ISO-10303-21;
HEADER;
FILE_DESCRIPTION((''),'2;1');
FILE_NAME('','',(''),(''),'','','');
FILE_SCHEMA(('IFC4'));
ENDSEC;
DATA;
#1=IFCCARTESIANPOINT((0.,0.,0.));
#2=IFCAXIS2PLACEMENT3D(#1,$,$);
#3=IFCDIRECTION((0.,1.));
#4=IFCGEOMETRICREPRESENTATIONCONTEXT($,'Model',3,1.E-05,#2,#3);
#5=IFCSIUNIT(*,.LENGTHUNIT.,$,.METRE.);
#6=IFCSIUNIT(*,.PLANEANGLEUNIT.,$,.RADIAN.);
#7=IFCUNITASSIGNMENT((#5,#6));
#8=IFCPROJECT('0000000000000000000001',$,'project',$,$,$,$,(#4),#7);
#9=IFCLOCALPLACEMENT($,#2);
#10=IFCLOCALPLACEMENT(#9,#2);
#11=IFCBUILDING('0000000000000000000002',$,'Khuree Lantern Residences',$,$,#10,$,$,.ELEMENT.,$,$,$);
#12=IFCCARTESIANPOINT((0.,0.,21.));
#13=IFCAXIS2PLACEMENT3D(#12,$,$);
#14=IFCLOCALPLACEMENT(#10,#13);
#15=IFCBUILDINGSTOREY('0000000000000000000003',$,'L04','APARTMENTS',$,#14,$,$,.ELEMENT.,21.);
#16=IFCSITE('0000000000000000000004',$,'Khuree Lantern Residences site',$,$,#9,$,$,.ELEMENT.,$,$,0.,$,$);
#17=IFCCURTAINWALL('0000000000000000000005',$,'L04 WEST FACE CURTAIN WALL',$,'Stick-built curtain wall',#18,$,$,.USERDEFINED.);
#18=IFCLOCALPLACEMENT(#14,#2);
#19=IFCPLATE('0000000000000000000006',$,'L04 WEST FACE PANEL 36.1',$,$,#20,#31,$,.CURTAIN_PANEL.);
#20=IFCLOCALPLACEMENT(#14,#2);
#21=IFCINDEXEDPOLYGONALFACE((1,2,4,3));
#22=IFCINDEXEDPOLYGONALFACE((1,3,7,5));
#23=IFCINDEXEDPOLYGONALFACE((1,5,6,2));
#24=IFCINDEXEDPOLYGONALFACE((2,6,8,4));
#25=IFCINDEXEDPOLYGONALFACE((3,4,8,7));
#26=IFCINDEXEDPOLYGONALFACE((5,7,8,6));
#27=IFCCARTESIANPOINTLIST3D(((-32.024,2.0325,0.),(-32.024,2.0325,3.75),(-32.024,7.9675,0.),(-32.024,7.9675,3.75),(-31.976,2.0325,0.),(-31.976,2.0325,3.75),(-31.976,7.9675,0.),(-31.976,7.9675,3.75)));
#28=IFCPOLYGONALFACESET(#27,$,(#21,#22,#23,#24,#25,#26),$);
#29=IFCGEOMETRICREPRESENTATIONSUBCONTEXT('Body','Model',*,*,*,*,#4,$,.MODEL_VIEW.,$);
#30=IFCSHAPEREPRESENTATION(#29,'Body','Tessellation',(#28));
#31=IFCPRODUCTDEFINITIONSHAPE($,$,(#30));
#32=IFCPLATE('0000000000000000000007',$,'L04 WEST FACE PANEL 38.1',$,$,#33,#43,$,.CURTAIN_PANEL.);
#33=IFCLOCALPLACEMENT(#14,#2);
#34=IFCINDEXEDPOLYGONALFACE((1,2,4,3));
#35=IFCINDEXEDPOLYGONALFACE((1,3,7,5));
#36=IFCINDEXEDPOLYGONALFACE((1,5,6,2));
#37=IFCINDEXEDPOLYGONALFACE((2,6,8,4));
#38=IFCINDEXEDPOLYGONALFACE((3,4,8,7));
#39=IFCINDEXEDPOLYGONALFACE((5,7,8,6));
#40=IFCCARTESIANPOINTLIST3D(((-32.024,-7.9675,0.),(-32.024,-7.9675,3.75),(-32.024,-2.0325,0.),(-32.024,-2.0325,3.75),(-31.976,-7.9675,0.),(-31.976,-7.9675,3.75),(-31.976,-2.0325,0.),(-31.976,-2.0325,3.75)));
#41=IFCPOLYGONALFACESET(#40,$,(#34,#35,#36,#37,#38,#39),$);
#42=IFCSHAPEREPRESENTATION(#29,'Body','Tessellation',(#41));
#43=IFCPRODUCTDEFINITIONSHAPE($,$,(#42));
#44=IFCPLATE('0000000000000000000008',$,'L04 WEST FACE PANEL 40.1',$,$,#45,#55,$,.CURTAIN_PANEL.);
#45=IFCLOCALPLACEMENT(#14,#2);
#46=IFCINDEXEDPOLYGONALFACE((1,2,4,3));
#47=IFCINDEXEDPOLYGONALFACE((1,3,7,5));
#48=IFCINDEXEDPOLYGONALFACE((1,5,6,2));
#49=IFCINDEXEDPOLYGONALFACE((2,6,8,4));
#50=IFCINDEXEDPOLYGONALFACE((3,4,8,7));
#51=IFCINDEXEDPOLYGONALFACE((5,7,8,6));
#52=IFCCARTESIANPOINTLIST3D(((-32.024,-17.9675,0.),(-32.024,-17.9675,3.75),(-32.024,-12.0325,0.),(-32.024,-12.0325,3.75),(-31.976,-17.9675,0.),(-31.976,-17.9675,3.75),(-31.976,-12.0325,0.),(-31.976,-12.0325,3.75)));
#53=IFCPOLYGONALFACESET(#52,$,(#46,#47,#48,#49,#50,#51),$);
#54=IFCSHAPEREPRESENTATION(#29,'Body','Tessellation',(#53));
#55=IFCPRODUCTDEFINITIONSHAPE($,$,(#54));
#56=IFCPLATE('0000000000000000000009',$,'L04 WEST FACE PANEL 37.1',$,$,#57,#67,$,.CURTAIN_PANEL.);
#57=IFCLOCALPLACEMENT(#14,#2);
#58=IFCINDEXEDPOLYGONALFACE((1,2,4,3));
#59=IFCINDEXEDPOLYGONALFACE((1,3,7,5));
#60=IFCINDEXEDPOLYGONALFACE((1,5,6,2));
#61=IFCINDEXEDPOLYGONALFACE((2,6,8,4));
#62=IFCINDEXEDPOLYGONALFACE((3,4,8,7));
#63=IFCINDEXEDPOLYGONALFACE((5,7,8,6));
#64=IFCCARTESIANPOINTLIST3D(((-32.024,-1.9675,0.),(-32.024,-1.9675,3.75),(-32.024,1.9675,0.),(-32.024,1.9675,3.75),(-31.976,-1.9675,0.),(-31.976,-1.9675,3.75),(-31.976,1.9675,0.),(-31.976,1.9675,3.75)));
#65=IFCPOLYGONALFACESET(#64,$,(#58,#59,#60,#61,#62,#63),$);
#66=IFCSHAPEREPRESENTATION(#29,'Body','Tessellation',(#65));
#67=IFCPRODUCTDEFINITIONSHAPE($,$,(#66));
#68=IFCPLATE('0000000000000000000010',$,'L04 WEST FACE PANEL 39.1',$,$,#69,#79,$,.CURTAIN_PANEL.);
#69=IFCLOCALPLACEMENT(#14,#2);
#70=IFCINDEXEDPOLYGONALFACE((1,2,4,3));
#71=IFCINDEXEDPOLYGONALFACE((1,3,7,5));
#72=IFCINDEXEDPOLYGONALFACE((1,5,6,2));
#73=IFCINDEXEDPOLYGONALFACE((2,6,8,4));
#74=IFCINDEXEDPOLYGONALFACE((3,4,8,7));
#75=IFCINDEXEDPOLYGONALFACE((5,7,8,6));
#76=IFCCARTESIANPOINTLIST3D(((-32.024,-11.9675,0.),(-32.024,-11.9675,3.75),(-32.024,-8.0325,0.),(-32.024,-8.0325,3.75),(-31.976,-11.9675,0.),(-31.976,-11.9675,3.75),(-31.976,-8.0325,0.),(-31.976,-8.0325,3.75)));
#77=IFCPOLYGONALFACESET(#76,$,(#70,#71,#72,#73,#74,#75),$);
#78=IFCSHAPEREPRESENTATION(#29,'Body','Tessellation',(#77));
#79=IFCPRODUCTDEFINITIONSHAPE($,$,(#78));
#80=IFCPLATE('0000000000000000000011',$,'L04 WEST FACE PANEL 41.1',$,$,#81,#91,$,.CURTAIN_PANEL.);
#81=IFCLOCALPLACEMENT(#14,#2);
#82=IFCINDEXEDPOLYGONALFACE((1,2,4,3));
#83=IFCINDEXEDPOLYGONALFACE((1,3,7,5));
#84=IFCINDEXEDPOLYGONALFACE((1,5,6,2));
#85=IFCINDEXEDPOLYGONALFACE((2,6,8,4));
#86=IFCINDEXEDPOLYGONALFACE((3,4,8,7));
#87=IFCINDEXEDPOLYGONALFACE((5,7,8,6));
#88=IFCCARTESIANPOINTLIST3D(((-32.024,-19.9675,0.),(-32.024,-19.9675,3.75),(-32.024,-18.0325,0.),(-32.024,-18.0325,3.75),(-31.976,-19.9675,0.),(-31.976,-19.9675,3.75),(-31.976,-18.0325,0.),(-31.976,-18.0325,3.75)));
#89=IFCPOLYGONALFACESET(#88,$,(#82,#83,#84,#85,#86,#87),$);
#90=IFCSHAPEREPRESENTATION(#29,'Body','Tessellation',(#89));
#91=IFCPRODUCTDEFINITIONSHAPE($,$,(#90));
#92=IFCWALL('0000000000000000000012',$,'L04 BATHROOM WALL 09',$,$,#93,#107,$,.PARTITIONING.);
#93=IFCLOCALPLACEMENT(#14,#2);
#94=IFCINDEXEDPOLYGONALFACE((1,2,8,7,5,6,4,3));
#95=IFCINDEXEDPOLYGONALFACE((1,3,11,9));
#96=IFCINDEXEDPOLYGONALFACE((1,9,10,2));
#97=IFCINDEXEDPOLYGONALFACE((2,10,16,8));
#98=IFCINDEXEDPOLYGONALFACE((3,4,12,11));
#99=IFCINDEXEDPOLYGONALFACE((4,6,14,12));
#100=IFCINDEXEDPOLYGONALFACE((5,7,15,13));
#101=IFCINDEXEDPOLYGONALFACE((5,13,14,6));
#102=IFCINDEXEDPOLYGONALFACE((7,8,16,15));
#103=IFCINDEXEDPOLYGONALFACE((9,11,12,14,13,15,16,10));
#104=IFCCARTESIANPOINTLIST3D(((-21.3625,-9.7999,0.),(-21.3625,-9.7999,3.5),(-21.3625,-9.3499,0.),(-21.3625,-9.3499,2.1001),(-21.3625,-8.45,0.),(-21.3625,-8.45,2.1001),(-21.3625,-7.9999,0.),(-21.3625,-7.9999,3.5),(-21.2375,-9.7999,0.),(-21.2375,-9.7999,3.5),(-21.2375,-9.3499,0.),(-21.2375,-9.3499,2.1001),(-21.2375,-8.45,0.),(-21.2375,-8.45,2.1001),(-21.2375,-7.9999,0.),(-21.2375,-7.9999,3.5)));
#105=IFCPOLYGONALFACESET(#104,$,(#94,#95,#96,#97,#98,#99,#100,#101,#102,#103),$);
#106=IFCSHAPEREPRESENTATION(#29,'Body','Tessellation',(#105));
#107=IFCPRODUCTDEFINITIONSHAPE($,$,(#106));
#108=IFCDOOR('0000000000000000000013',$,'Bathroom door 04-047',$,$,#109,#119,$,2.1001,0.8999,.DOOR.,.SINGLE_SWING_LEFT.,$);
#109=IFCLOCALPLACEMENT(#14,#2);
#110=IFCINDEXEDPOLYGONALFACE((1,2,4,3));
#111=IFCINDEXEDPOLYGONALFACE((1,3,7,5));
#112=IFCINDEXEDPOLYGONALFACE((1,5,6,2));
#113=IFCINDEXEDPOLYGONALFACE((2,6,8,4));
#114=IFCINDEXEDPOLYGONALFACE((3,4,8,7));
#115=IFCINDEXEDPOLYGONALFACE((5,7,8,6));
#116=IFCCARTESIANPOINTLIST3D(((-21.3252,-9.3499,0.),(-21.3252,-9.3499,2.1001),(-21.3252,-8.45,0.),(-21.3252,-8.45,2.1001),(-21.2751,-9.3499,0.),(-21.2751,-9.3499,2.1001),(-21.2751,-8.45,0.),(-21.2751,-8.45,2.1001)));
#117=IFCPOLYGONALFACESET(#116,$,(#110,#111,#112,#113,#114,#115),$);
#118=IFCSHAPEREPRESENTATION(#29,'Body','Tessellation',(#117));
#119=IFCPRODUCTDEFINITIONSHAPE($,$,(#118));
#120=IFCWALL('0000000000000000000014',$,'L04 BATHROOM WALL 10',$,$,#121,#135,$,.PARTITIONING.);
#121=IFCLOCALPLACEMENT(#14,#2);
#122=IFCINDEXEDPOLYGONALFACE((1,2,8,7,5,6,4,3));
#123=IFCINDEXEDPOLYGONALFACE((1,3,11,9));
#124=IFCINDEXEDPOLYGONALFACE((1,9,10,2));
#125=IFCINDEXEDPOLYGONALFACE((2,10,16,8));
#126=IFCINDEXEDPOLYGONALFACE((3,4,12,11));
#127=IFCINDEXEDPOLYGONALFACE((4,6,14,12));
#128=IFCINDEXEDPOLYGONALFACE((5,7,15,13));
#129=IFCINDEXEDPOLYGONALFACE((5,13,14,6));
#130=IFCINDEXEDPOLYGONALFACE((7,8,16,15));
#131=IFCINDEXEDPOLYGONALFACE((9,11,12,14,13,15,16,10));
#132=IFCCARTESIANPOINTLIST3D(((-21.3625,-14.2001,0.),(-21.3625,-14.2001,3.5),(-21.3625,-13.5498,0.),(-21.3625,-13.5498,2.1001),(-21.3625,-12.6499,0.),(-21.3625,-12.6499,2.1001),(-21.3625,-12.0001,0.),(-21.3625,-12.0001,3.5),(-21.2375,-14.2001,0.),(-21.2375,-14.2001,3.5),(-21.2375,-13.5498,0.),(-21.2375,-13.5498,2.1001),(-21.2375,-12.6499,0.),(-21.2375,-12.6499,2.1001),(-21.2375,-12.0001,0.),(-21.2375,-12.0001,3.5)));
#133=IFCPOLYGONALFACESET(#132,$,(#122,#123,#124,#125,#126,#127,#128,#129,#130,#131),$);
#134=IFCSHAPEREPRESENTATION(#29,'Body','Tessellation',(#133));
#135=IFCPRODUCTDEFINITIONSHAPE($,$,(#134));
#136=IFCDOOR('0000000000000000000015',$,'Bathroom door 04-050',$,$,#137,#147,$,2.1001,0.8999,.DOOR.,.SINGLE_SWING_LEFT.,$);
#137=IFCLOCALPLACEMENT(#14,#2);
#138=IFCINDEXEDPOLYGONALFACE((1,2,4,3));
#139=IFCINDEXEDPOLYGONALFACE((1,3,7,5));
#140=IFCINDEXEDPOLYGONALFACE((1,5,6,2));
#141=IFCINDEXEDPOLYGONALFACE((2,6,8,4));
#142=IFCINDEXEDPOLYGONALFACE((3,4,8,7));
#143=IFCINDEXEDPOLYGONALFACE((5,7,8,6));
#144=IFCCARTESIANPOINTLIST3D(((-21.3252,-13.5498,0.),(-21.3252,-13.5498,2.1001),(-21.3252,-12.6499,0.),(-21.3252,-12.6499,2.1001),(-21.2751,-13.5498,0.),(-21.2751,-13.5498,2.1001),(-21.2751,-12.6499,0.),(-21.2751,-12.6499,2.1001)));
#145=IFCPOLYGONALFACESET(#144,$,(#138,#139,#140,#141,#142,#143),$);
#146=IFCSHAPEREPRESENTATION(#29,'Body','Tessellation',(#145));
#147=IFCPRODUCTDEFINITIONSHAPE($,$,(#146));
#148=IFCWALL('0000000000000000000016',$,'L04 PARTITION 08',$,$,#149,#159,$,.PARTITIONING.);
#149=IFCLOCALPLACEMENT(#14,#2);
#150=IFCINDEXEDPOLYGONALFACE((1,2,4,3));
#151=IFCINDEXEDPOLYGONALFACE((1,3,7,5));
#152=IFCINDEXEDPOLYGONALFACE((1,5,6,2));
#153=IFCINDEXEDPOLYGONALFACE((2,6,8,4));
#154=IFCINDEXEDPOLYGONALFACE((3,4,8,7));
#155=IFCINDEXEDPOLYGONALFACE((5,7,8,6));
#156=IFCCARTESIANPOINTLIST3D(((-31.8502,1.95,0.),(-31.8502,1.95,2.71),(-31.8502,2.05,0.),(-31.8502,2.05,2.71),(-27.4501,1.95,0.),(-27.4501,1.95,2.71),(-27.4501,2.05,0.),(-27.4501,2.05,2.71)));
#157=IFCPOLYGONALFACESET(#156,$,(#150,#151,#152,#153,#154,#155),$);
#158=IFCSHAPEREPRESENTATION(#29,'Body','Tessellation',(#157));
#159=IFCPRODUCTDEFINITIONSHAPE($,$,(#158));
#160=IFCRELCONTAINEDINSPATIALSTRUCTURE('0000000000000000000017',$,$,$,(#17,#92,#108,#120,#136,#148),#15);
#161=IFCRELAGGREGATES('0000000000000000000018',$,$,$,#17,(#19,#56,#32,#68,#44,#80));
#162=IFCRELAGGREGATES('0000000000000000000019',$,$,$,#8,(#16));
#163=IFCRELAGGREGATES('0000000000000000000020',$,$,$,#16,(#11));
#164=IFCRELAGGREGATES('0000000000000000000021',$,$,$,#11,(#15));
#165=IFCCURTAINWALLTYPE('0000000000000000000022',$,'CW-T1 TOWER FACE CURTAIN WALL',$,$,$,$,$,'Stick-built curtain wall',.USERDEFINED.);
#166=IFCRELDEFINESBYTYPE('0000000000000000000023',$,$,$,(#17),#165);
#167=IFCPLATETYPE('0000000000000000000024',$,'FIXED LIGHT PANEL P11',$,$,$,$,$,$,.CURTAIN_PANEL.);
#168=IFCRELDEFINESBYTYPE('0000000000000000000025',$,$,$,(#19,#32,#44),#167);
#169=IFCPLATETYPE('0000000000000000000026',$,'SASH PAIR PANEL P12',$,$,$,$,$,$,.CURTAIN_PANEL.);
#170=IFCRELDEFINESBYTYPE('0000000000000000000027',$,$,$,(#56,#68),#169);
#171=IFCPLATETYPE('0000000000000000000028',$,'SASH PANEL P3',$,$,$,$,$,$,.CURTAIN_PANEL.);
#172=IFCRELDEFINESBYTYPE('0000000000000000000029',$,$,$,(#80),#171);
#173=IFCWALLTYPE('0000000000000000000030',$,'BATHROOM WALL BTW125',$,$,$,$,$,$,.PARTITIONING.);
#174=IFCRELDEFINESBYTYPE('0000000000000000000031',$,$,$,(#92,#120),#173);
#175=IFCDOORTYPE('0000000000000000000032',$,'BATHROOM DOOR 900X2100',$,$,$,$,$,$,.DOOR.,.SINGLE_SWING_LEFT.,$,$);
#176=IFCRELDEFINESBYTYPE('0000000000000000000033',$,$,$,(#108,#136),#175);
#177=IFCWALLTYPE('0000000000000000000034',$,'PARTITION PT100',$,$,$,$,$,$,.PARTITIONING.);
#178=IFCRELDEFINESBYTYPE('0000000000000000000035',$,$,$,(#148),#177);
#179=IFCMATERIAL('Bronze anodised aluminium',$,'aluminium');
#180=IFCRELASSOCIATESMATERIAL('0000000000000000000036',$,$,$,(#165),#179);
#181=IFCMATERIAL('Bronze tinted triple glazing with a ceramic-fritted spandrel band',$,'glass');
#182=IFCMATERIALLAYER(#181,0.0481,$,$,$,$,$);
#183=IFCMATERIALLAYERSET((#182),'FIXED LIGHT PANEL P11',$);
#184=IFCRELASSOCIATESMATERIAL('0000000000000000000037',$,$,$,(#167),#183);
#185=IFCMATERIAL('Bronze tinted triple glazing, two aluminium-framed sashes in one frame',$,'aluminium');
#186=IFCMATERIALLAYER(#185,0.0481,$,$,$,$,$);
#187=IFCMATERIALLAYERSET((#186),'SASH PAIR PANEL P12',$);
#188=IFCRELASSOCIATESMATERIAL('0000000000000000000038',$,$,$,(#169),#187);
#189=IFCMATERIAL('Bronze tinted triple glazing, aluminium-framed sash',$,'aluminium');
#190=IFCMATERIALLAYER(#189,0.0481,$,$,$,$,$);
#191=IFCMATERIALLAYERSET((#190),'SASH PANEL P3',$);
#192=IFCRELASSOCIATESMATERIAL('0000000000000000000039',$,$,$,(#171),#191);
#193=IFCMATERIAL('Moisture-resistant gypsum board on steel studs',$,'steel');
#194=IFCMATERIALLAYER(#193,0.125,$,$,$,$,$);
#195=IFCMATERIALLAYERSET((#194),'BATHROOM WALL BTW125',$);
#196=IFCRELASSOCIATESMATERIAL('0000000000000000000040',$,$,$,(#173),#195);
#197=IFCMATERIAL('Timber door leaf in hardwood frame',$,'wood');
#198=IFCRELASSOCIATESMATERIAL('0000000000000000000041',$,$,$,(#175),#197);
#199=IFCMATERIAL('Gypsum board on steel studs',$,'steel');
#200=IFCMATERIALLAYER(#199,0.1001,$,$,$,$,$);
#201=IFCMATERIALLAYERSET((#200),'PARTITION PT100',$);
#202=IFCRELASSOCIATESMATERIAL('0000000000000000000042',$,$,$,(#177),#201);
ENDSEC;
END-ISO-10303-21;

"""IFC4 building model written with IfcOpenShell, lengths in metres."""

from ifc_helpers import new_model, si_unit, direction, frame, frame_2d, origin, origin_2d, place, context, subcontext, project, spatial, rectangle, extrude, material, layer, layer_set, type_object, element, fill, aggregate, save


model = new_model("IFC4")

# Units and contexts
model_context = context("Model", 3, precision=1e-05, world=origin(), true_north=direction((0.0, 1.0)))
body_context = subcontext(model_context, "Body", "Model", "MODEL_VIEW")
ifc_project = project(units=[si_unit("LENGTHUNIT", "METRE"), si_unit("PLANEANGLEUNIT", "RADIAN")], contexts=[model_context])

# Site, building, storey
site_placement = place(None, origin())
site = spatial("IfcSite", under=ifc_project, at=site_placement, Name="Khuree Lantern Residences site", CompositionType="ELEMENT", RefElevation=0.0)
building_placement = place(site_placement, origin())
building = spatial("IfcBuilding", under=site, at=building_placement, Name="Khuree Lantern Residences", CompositionType="ELEMENT")
storey_placement = place(building_placement, frame((0.0, 0.0, 21.0)))
storey = spatial("IfcBuildingStorey", under=building, at=storey_placement, Name="L04", Description="APARTMENTS", CompositionType="ELEMENT", Elevation=21.0)

# Curtain wall
ifc_material_1 = material(Name="Bronze anodised aluminium", Category="aluminium")
curtain_wall_type = type_object("IfcCurtainWallType", Name="CW-T1 TOWER FACE CURTAIN WALL", ElementType="Stick-built curtain wall", PredefinedType="USERDEFINED", material=ifc_material_1)
curtain_wall_placement = place(storey_placement, origin())
curtain_wall = element("IfcCurtainWall", 1, at=curtain_wall_placement, inside=storey, type_object=curtain_wall_type, Name="L04 WEST FACE CURTAIN WALL", ObjectType="Stick-built curtain wall", PredefinedType="USERDEFINED")

# Plates
ifc_material_2 = material(Name="Bronze tinted triple glazing with a ceramic-fritted spandrel band", Category="glass")
ifc_layer_1 = layer(ifc_material_2, 0.0481)
ifc_layer_set_1 = layer_set([ifc_layer_1], Name="FIXED LIGHT PANEL P11")
plate_type_1 = type_object("IfcPlateType", Name="FIXED LIGHT PANEL P11", PredefinedType="CURTAIN_PANEL", material=ifc_layer_set_1)
plate_1_placement = place(storey_placement, frame((-32.0, 5.0, 0.0), z_axis=(0.0, 0.0, 1.0), x_axis=(0.0, -1.0, 0.0)))
plate_1 = element("IfcPlate", 2, at=plate_1_placement, type_object=plate_type_1, Name="L04 WEST FACE PANEL 36.1", PredefinedType="CURTAIN_PANEL", context=body_context, shape_type="SweptSolid", body=[
    extrude(rectangle(XDim=5.9351, YDim=0.0481, at=origin_2d()), origin(), (0.0, 0.0, 1.0), 3.75),
])
plate_2_placement = place(storey_placement, frame((-32.0, -5.0, 0.0), z_axis=(0.0, 0.0, 1.0), x_axis=(0.0, -1.0, 0.0)))
plate_2 = element("IfcPlate", 3, at=plate_2_placement, type_object=plate_type_1, Name="L04 WEST FACE PANEL 38.1", PredefinedType="CURTAIN_PANEL", context=body_context, shape_type="SweptSolid", body=[
    extrude(rectangle(XDim=5.9351, YDim=0.0481, at=origin_2d()), origin(), (0.0, 0.0, 1.0), 3.75),
])
plate_3_placement = place(storey_placement, frame((-32.0, -15.0, 0.0), z_axis=(0.0, 0.0, 1.0), x_axis=(0.0, -1.0, 0.0)))
plate_3 = element("IfcPlate", 4, at=plate_3_placement, type_object=plate_type_1, Name="L04 WEST FACE PANEL 40.1", PredefinedType="CURTAIN_PANEL", context=body_context, shape_type="SweptSolid", body=[
    extrude(rectangle(XDim=5.9351, YDim=0.0481, at=origin_2d()), origin(), (0.0, 0.0, 1.0), 3.75),
])
ifc_material_3 = material(Name="Bronze tinted triple glazing, two aluminium-framed sashes in one frame", Category="aluminium")
ifc_layer_2 = layer(ifc_material_3, 0.0481)
ifc_layer_set_2 = layer_set([ifc_layer_2], Name="SASH PAIR PANEL P12")
plate_type_2 = type_object("IfcPlateType", Name="SASH PAIR PANEL P12", PredefinedType="CURTAIN_PANEL", material=ifc_layer_set_2)
plate_4_placement = place(storey_placement, frame((-32.0, 0.0, 0.0), z_axis=(0.0, 0.0, 1.0), x_axis=(0.0, -1.0, 0.0)))
plate_4 = element("IfcPlate", 5, at=plate_4_placement, type_object=plate_type_2, Name="L04 WEST FACE PANEL 37.1", PredefinedType="CURTAIN_PANEL", context=body_context, shape_type="SweptSolid", body=[
    extrude(rectangle(XDim=3.9351, YDim=0.0481, at=origin_2d()), origin(), (0.0, 0.0, 1.0), 3.75),
])
plate_5_placement = place(storey_placement, frame((-32.0, -10.0, 0.0), z_axis=(0.0, 0.0, 1.0), x_axis=(0.0, -1.0, 0.0)))
plate_5 = element("IfcPlate", 6, at=plate_5_placement, type_object=plate_type_2, Name="L04 WEST FACE PANEL 39.1", PredefinedType="CURTAIN_PANEL", context=body_context, shape_type="SweptSolid", body=[
    extrude(rectangle(XDim=3.9351, YDim=0.0481, at=origin_2d()), origin(), (0.0, 0.0, 1.0), 3.75),
])
ifc_material_4 = material(Name="Bronze tinted triple glazing, aluminium-framed sash", Category="aluminium")
ifc_layer_3 = layer(ifc_material_4, 0.0481)
ifc_layer_set_3 = layer_set([ifc_layer_3], Name="SASH PANEL P3")
plate_type_3 = type_object("IfcPlateType", Name="SASH PANEL P3", PredefinedType="CURTAIN_PANEL", material=ifc_layer_set_3)
plate_6_placement = place(storey_placement, frame((-32.0, -19.0, 0.0), z_axis=(0.0, 0.0, 1.0), x_axis=(0.0, -1.0, 0.0)))
plate_6 = element("IfcPlate", 7, at=plate_6_placement, type_object=plate_type_3, Name="L04 WEST FACE PANEL 41.1", PredefinedType="CURTAIN_PANEL", context=body_context, shape_type="SweptSolid", body=[
    extrude(rectangle(XDim=1.9351, YDim=0.0481, at=origin_2d()), origin(), (0.0, 0.0, 1.0), 3.75),
])
aggregate(curtain_wall, [plate_1, plate_4, plate_2, plate_5, plate_3, plate_6])

# Walls, openings, doors
ifc_material_5 = material(Name="Moisture-resistant gypsum board on steel studs", Category="steel")
ifc_layer_4 = layer(ifc_material_5, 0.125)
ifc_layer_set_4 = layer_set([ifc_layer_4], Name="BATHROOM WALL BTW125")
wall_type_1 = type_object("IfcWallType", Name="BATHROOM WALL BTW125", PredefinedType="PARTITIONING", material=ifc_layer_set_4)
wall_1_placement = place(storey_placement, frame((-21.3, -8.0, 0.0), z_axis=(0.0, 0.0, 1.0), x_axis=(0.0, -1.0, 0.0)))
wall_1 = element("IfcWall", 8, at=wall_1_placement, inside=storey, type_object=wall_type_1, Name="L04 BATHROOM WALL 09", PredefinedType="PARTITIONING", context=body_context, shape_type="SweptSolid", body=[
    extrude(rectangle(XDim=1.8, YDim=0.125, at=frame_2d((0.8999, 0.0))), origin(), (0.0, 0.0, 1.0), 3.5),
])
opening_1_placement = place(wall_1_placement, frame((0.45, 0.0, 0.0)))
opening_1 = element("IfcOpeningElement", 9, at=opening_1_placement, cuts=wall_1, PredefinedType="OPENING", context=body_context, shape_type="SweptSolid", body=[
    extrude(rectangle(XDim=0.8999, YDim=2.1001, at=frame_2d((0.45, 1.05))), frame((0.0, 0.0725, 0.0), z_axis=(0.0, -1.0, 0.0), x_axis=(1.0, 0.0, 0.0)), (0.0, 0.0, 1.0), 0.145),
])
ifc_material_6 = material(Name="Timber door leaf in hardwood frame", Category="wood")
door_type = type_object("IfcDoorType", Name="BATHROOM DOOR 900X2100", OperationType="SINGLE_SWING_LEFT", PredefinedType="DOOR", material=ifc_material_6)
door_1_placement = place(opening_1_placement, origin())
door_1 = element("IfcDoor", 10, at=door_1_placement, inside=storey, type_object=door_type, Name="Bathroom door 04-047", OperationType="SINGLE_SWING_LEFT", OverallHeight=2.1001, OverallWidth=0.8999, PredefinedType="DOOR", context=body_context, shape_type="SweptSolid", body=[
    extrude(rectangle(XDim=0.8999, YDim=2.1001, at=frame_2d((0.45, 1.05))), frame((0.0, 0.0249, 0.0), z_axis=(0.0, -1.0, 0.0), x_axis=(1.0, 0.0, 0.0)), (0.0, 0.0, 1.0), 0.05),
])
fill(opening_1, door_1)
wall_2_placement = place(storey_placement, frame((-21.3, -12.0, 0.0), z_axis=(0.0, 0.0, 1.0), x_axis=(0.0, -1.0, 0.0)))
wall_2 = element("IfcWall", 11, at=wall_2_placement, inside=storey, type_object=wall_type_1, Name="L04 BATHROOM WALL 10", PredefinedType="PARTITIONING", context=body_context, shape_type="SweptSolid", body=[
    extrude(rectangle(XDim=2.2, YDim=0.125, at=frame_2d((1.1001, 0.0))), origin(), (0.0, 0.0, 1.0), 3.5),
])
opening_2_placement = place(wall_2_placement, frame((0.6499, 0.0, 0.0)))
opening_2 = element("IfcOpeningElement", 12, at=opening_2_placement, cuts=wall_2, PredefinedType="OPENING", context=body_context, shape_type="SweptSolid", body=[
    extrude(rectangle(XDim=0.8999, YDim=2.1001, at=frame_2d((0.45, 1.05))), frame((0.0, 0.0725, 0.0), z_axis=(0.0, -1.0, 0.0), x_axis=(1.0, 0.0, 0.0)), (0.0, 0.0, 1.0), 0.145),
])
door_2_placement = place(opening_2_placement, origin())
door_2 = element("IfcDoor", 13, at=door_2_placement, inside=storey, type_object=door_type, Name="Bathroom door 04-050", OperationType="SINGLE_SWING_LEFT", OverallHeight=2.1001, OverallWidth=0.8999, PredefinedType="DOOR", context=body_context, shape_type="SweptSolid", body=[
    extrude(rectangle(XDim=0.8999, YDim=2.1001, at=frame_2d((0.45, 1.05))), frame((0.0, 0.0249, 0.0), z_axis=(0.0, -1.0, 0.0), x_axis=(1.0, 0.0, 0.0)), (0.0, 0.0, 1.0), 0.05),
])
fill(opening_2, door_2)

# Wall
ifc_material_7 = material(Name="Gypsum board on steel studs", Category="steel")
ifc_layer_5 = layer(ifc_material_7, 0.1001)
ifc_layer_set_5 = layer_set([ifc_layer_5], Name="PARTITION PT100")
wall_type_2 = type_object("IfcWallType", Name="PARTITION PT100", PredefinedType="PARTITIONING", material=ifc_layer_set_5)
wall_3_placement = place(storey_placement, frame((-27.45, 2.0, 0.0), z_axis=(0.0, 0.0, 1.0), x_axis=(-1.0, 0.0, 0.0)))
element("IfcWall", 14, at=wall_3_placement, inside=storey, type_object=wall_type_2, Name="L04 PARTITION 08", PredefinedType="PARTITIONING", context=body_context, shape_type="SweptSolid", body=[
    extrude(rectangle(XDim=4.4001, YDim=0.1001, at=frame_2d((2.2002, 0.0))), origin(), (0.0, 0.0, 1.0), 2.71),
])

save(model, "model.ifc")
